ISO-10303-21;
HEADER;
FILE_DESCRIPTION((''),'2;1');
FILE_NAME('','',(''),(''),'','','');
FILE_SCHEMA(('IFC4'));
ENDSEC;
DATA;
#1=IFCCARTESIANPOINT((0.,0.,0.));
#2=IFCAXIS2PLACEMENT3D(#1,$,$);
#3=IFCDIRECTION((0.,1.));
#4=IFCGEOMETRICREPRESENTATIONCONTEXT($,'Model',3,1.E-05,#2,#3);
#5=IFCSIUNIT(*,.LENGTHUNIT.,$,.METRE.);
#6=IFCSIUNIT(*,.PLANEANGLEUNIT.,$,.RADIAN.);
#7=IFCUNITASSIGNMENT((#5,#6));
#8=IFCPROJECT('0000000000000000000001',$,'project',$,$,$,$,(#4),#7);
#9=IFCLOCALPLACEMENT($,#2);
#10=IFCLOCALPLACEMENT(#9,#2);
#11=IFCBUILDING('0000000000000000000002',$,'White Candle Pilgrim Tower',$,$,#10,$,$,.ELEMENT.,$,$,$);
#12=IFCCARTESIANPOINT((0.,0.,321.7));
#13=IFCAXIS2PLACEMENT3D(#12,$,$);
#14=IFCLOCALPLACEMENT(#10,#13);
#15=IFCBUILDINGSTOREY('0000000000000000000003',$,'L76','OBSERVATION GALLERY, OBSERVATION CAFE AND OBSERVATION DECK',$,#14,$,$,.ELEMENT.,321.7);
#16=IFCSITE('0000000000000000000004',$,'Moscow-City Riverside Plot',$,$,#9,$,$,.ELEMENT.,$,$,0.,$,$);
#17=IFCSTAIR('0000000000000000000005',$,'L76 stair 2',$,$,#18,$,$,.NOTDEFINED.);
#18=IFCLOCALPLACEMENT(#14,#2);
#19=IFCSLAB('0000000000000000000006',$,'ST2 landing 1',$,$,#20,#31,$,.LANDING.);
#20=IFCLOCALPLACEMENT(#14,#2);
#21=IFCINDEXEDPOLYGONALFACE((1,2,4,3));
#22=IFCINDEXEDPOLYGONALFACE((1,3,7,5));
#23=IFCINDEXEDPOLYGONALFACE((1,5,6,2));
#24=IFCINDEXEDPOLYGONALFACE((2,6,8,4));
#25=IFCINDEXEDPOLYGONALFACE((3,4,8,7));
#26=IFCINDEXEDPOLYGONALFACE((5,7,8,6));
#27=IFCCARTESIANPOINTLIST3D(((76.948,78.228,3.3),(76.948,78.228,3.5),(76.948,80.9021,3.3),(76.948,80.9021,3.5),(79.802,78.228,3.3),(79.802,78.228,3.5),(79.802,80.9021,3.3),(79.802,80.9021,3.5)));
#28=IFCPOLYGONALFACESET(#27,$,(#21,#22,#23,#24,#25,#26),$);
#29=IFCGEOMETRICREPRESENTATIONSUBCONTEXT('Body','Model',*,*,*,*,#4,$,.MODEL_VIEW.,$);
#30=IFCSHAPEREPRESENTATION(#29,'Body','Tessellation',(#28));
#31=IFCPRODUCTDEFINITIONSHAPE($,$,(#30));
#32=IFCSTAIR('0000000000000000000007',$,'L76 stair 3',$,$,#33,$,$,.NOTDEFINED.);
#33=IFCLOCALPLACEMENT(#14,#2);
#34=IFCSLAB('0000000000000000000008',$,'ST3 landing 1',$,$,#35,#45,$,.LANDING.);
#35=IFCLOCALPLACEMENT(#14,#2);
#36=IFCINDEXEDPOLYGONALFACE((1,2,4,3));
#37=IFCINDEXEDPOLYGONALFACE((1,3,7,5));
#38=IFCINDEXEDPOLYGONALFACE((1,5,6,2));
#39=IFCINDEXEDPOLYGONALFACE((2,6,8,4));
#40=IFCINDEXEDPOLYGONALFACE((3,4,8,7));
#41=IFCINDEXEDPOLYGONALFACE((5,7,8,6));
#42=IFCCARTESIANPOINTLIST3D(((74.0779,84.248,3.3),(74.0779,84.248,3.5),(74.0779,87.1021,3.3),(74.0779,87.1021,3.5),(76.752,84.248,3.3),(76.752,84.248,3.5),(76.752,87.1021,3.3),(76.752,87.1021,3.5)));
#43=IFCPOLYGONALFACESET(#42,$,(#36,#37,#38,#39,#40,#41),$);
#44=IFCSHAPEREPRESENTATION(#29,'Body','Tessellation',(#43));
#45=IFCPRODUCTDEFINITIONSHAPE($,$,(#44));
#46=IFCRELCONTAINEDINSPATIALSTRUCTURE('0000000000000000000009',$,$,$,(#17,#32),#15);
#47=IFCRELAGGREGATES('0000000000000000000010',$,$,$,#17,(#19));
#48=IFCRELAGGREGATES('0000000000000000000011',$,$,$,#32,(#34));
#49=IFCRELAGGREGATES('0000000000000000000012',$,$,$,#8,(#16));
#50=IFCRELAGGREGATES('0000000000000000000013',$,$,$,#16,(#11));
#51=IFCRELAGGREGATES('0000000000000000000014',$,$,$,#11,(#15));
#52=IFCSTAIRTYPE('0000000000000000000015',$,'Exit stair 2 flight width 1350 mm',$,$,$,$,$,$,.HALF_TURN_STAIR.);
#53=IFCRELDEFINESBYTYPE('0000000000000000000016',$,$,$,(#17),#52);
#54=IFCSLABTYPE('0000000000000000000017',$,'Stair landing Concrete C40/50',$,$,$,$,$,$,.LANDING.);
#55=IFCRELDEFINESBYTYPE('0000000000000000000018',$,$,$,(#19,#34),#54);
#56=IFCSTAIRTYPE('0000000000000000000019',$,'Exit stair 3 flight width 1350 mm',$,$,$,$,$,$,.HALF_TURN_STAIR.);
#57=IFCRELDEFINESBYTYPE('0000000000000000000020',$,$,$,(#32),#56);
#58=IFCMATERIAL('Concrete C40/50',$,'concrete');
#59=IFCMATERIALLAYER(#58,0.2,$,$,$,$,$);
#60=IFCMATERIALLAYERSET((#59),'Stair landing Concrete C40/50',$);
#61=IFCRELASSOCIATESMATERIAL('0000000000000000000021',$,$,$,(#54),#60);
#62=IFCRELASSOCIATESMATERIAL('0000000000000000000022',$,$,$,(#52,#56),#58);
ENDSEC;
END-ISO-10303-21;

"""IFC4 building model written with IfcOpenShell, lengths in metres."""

from ifc_helpers import new_model, si_unit, direction, frame, origin, place, context, subcontext, project, spatial, polyline, outline, extrude, material, layer, layer_set, type_object, element, aggregate, save


model = new_model("IFC4")

# Units and contexts
model_context = context("Model", 3, precision=1e-05, world=origin(), true_north=direction((0.0, 1.0)))
body_context = subcontext(model_context, "Body", "Model", "MODEL_VIEW")
ifc_project = project(units=[si_unit("LENGTHUNIT", "METRE"), si_unit("PLANEANGLEUNIT", "RADIAN")], contexts=[model_context])

# Site, building, storey
site_placement = place(None, origin())
site = spatial("IfcSite", under=ifc_project, at=site_placement, Name="Moscow-City Riverside Plot", CompositionType="ELEMENT", RefElevation=0.0)
building_placement = place(site_placement, origin())
building = spatial("IfcBuilding", under=site, at=building_placement, Name="White Candle Pilgrim Tower", CompositionType="ELEMENT")
storey_placement = place(building_placement, frame((0.0, 0.0, 321.7)))
storey = spatial("IfcBuildingStorey", under=building, at=storey_placement, Name="L76", Description="OBSERVATION GALLERY, OBSERVATION CAFE AND OBSERVATION DECK", CompositionType="ELEMENT", Elevation=321.7)

# Shared definitions
ifc_material_1 = material(Name="Concrete C40/50", Category="concrete")

# Stairs, slabs
ifc_layer_1 = layer(ifc_material_1, 0.2)
ifc_layer_set_1 = layer_set([ifc_layer_1], Name="Stair landing Concrete C40/50")
slab_type_1 = type_object("IfcSlabType", Name="Stair landing Concrete C40/50", PredefinedType="LANDING", material=ifc_layer_set_1)
stair_type_1 = type_object("IfcStairType", Name="Exit stair 2 flight width 1350 mm", PredefinedType="HALF_TURN_STAIR", material=ifc_material_1)
stair_1_placement = place(storey_placement, origin())
stair_1 = element("IfcStair", 1, at=stair_1_placement, inside=storey, type_object=stair_type_1, Name="L76 stair 2", PredefinedType="NOTDEFINED")
slab_1_placement = place(storey_placement, frame((0.0, 0.0, 3.3)))
slab_1 = element("IfcSlab", 2, at=slab_1_placement, type_object=slab_type_1, Name="ST2 landing 1", PredefinedType="LANDING", context=body_context, shape_type="SweptSolid", body=[
    extrude(outline(polyline([(79.802, 78.228), (76.948, 78.228), (76.948, 80.9021), (79.802, 80.9021), (79.802, 78.228)])), origin(), (0.0, 0.0, 1.0), 0.2),
])
aggregate(stair_1, [slab_1])
stair_type_2 = type_object("IfcStairType", Name="Exit stair 3 flight width 1350 mm", PredefinedType="HALF_TURN_STAIR", material=ifc_material_1)
stair_2_placement = place(storey_placement, origin())
stair_2 = element("IfcStair", 3, at=stair_2_placement, inside=storey, type_object=stair_type_2, Name="L76 stair 3", PredefinedType="NOTDEFINED")
slab_2_placement = place(storey_placement, frame((0.0, 0.0, 3.3)))
slab_2 = element("IfcSlab", 4, at=slab_2_placement, type_object=slab_type_1, Name="ST3 landing 1", PredefinedType="LANDING", context=body_context, shape_type="SweptSolid", body=[
    extrude(outline(polyline([(74.0779, 84.248), (74.0779, 87.1021), (76.752, 87.1021), (76.752, 84.248), (74.0779, 84.248)])), origin(), (0.0, 0.0, 1.0), 0.2),
])
aggregate(stair_2, [slab_2])

save(model, "model.ifc")
